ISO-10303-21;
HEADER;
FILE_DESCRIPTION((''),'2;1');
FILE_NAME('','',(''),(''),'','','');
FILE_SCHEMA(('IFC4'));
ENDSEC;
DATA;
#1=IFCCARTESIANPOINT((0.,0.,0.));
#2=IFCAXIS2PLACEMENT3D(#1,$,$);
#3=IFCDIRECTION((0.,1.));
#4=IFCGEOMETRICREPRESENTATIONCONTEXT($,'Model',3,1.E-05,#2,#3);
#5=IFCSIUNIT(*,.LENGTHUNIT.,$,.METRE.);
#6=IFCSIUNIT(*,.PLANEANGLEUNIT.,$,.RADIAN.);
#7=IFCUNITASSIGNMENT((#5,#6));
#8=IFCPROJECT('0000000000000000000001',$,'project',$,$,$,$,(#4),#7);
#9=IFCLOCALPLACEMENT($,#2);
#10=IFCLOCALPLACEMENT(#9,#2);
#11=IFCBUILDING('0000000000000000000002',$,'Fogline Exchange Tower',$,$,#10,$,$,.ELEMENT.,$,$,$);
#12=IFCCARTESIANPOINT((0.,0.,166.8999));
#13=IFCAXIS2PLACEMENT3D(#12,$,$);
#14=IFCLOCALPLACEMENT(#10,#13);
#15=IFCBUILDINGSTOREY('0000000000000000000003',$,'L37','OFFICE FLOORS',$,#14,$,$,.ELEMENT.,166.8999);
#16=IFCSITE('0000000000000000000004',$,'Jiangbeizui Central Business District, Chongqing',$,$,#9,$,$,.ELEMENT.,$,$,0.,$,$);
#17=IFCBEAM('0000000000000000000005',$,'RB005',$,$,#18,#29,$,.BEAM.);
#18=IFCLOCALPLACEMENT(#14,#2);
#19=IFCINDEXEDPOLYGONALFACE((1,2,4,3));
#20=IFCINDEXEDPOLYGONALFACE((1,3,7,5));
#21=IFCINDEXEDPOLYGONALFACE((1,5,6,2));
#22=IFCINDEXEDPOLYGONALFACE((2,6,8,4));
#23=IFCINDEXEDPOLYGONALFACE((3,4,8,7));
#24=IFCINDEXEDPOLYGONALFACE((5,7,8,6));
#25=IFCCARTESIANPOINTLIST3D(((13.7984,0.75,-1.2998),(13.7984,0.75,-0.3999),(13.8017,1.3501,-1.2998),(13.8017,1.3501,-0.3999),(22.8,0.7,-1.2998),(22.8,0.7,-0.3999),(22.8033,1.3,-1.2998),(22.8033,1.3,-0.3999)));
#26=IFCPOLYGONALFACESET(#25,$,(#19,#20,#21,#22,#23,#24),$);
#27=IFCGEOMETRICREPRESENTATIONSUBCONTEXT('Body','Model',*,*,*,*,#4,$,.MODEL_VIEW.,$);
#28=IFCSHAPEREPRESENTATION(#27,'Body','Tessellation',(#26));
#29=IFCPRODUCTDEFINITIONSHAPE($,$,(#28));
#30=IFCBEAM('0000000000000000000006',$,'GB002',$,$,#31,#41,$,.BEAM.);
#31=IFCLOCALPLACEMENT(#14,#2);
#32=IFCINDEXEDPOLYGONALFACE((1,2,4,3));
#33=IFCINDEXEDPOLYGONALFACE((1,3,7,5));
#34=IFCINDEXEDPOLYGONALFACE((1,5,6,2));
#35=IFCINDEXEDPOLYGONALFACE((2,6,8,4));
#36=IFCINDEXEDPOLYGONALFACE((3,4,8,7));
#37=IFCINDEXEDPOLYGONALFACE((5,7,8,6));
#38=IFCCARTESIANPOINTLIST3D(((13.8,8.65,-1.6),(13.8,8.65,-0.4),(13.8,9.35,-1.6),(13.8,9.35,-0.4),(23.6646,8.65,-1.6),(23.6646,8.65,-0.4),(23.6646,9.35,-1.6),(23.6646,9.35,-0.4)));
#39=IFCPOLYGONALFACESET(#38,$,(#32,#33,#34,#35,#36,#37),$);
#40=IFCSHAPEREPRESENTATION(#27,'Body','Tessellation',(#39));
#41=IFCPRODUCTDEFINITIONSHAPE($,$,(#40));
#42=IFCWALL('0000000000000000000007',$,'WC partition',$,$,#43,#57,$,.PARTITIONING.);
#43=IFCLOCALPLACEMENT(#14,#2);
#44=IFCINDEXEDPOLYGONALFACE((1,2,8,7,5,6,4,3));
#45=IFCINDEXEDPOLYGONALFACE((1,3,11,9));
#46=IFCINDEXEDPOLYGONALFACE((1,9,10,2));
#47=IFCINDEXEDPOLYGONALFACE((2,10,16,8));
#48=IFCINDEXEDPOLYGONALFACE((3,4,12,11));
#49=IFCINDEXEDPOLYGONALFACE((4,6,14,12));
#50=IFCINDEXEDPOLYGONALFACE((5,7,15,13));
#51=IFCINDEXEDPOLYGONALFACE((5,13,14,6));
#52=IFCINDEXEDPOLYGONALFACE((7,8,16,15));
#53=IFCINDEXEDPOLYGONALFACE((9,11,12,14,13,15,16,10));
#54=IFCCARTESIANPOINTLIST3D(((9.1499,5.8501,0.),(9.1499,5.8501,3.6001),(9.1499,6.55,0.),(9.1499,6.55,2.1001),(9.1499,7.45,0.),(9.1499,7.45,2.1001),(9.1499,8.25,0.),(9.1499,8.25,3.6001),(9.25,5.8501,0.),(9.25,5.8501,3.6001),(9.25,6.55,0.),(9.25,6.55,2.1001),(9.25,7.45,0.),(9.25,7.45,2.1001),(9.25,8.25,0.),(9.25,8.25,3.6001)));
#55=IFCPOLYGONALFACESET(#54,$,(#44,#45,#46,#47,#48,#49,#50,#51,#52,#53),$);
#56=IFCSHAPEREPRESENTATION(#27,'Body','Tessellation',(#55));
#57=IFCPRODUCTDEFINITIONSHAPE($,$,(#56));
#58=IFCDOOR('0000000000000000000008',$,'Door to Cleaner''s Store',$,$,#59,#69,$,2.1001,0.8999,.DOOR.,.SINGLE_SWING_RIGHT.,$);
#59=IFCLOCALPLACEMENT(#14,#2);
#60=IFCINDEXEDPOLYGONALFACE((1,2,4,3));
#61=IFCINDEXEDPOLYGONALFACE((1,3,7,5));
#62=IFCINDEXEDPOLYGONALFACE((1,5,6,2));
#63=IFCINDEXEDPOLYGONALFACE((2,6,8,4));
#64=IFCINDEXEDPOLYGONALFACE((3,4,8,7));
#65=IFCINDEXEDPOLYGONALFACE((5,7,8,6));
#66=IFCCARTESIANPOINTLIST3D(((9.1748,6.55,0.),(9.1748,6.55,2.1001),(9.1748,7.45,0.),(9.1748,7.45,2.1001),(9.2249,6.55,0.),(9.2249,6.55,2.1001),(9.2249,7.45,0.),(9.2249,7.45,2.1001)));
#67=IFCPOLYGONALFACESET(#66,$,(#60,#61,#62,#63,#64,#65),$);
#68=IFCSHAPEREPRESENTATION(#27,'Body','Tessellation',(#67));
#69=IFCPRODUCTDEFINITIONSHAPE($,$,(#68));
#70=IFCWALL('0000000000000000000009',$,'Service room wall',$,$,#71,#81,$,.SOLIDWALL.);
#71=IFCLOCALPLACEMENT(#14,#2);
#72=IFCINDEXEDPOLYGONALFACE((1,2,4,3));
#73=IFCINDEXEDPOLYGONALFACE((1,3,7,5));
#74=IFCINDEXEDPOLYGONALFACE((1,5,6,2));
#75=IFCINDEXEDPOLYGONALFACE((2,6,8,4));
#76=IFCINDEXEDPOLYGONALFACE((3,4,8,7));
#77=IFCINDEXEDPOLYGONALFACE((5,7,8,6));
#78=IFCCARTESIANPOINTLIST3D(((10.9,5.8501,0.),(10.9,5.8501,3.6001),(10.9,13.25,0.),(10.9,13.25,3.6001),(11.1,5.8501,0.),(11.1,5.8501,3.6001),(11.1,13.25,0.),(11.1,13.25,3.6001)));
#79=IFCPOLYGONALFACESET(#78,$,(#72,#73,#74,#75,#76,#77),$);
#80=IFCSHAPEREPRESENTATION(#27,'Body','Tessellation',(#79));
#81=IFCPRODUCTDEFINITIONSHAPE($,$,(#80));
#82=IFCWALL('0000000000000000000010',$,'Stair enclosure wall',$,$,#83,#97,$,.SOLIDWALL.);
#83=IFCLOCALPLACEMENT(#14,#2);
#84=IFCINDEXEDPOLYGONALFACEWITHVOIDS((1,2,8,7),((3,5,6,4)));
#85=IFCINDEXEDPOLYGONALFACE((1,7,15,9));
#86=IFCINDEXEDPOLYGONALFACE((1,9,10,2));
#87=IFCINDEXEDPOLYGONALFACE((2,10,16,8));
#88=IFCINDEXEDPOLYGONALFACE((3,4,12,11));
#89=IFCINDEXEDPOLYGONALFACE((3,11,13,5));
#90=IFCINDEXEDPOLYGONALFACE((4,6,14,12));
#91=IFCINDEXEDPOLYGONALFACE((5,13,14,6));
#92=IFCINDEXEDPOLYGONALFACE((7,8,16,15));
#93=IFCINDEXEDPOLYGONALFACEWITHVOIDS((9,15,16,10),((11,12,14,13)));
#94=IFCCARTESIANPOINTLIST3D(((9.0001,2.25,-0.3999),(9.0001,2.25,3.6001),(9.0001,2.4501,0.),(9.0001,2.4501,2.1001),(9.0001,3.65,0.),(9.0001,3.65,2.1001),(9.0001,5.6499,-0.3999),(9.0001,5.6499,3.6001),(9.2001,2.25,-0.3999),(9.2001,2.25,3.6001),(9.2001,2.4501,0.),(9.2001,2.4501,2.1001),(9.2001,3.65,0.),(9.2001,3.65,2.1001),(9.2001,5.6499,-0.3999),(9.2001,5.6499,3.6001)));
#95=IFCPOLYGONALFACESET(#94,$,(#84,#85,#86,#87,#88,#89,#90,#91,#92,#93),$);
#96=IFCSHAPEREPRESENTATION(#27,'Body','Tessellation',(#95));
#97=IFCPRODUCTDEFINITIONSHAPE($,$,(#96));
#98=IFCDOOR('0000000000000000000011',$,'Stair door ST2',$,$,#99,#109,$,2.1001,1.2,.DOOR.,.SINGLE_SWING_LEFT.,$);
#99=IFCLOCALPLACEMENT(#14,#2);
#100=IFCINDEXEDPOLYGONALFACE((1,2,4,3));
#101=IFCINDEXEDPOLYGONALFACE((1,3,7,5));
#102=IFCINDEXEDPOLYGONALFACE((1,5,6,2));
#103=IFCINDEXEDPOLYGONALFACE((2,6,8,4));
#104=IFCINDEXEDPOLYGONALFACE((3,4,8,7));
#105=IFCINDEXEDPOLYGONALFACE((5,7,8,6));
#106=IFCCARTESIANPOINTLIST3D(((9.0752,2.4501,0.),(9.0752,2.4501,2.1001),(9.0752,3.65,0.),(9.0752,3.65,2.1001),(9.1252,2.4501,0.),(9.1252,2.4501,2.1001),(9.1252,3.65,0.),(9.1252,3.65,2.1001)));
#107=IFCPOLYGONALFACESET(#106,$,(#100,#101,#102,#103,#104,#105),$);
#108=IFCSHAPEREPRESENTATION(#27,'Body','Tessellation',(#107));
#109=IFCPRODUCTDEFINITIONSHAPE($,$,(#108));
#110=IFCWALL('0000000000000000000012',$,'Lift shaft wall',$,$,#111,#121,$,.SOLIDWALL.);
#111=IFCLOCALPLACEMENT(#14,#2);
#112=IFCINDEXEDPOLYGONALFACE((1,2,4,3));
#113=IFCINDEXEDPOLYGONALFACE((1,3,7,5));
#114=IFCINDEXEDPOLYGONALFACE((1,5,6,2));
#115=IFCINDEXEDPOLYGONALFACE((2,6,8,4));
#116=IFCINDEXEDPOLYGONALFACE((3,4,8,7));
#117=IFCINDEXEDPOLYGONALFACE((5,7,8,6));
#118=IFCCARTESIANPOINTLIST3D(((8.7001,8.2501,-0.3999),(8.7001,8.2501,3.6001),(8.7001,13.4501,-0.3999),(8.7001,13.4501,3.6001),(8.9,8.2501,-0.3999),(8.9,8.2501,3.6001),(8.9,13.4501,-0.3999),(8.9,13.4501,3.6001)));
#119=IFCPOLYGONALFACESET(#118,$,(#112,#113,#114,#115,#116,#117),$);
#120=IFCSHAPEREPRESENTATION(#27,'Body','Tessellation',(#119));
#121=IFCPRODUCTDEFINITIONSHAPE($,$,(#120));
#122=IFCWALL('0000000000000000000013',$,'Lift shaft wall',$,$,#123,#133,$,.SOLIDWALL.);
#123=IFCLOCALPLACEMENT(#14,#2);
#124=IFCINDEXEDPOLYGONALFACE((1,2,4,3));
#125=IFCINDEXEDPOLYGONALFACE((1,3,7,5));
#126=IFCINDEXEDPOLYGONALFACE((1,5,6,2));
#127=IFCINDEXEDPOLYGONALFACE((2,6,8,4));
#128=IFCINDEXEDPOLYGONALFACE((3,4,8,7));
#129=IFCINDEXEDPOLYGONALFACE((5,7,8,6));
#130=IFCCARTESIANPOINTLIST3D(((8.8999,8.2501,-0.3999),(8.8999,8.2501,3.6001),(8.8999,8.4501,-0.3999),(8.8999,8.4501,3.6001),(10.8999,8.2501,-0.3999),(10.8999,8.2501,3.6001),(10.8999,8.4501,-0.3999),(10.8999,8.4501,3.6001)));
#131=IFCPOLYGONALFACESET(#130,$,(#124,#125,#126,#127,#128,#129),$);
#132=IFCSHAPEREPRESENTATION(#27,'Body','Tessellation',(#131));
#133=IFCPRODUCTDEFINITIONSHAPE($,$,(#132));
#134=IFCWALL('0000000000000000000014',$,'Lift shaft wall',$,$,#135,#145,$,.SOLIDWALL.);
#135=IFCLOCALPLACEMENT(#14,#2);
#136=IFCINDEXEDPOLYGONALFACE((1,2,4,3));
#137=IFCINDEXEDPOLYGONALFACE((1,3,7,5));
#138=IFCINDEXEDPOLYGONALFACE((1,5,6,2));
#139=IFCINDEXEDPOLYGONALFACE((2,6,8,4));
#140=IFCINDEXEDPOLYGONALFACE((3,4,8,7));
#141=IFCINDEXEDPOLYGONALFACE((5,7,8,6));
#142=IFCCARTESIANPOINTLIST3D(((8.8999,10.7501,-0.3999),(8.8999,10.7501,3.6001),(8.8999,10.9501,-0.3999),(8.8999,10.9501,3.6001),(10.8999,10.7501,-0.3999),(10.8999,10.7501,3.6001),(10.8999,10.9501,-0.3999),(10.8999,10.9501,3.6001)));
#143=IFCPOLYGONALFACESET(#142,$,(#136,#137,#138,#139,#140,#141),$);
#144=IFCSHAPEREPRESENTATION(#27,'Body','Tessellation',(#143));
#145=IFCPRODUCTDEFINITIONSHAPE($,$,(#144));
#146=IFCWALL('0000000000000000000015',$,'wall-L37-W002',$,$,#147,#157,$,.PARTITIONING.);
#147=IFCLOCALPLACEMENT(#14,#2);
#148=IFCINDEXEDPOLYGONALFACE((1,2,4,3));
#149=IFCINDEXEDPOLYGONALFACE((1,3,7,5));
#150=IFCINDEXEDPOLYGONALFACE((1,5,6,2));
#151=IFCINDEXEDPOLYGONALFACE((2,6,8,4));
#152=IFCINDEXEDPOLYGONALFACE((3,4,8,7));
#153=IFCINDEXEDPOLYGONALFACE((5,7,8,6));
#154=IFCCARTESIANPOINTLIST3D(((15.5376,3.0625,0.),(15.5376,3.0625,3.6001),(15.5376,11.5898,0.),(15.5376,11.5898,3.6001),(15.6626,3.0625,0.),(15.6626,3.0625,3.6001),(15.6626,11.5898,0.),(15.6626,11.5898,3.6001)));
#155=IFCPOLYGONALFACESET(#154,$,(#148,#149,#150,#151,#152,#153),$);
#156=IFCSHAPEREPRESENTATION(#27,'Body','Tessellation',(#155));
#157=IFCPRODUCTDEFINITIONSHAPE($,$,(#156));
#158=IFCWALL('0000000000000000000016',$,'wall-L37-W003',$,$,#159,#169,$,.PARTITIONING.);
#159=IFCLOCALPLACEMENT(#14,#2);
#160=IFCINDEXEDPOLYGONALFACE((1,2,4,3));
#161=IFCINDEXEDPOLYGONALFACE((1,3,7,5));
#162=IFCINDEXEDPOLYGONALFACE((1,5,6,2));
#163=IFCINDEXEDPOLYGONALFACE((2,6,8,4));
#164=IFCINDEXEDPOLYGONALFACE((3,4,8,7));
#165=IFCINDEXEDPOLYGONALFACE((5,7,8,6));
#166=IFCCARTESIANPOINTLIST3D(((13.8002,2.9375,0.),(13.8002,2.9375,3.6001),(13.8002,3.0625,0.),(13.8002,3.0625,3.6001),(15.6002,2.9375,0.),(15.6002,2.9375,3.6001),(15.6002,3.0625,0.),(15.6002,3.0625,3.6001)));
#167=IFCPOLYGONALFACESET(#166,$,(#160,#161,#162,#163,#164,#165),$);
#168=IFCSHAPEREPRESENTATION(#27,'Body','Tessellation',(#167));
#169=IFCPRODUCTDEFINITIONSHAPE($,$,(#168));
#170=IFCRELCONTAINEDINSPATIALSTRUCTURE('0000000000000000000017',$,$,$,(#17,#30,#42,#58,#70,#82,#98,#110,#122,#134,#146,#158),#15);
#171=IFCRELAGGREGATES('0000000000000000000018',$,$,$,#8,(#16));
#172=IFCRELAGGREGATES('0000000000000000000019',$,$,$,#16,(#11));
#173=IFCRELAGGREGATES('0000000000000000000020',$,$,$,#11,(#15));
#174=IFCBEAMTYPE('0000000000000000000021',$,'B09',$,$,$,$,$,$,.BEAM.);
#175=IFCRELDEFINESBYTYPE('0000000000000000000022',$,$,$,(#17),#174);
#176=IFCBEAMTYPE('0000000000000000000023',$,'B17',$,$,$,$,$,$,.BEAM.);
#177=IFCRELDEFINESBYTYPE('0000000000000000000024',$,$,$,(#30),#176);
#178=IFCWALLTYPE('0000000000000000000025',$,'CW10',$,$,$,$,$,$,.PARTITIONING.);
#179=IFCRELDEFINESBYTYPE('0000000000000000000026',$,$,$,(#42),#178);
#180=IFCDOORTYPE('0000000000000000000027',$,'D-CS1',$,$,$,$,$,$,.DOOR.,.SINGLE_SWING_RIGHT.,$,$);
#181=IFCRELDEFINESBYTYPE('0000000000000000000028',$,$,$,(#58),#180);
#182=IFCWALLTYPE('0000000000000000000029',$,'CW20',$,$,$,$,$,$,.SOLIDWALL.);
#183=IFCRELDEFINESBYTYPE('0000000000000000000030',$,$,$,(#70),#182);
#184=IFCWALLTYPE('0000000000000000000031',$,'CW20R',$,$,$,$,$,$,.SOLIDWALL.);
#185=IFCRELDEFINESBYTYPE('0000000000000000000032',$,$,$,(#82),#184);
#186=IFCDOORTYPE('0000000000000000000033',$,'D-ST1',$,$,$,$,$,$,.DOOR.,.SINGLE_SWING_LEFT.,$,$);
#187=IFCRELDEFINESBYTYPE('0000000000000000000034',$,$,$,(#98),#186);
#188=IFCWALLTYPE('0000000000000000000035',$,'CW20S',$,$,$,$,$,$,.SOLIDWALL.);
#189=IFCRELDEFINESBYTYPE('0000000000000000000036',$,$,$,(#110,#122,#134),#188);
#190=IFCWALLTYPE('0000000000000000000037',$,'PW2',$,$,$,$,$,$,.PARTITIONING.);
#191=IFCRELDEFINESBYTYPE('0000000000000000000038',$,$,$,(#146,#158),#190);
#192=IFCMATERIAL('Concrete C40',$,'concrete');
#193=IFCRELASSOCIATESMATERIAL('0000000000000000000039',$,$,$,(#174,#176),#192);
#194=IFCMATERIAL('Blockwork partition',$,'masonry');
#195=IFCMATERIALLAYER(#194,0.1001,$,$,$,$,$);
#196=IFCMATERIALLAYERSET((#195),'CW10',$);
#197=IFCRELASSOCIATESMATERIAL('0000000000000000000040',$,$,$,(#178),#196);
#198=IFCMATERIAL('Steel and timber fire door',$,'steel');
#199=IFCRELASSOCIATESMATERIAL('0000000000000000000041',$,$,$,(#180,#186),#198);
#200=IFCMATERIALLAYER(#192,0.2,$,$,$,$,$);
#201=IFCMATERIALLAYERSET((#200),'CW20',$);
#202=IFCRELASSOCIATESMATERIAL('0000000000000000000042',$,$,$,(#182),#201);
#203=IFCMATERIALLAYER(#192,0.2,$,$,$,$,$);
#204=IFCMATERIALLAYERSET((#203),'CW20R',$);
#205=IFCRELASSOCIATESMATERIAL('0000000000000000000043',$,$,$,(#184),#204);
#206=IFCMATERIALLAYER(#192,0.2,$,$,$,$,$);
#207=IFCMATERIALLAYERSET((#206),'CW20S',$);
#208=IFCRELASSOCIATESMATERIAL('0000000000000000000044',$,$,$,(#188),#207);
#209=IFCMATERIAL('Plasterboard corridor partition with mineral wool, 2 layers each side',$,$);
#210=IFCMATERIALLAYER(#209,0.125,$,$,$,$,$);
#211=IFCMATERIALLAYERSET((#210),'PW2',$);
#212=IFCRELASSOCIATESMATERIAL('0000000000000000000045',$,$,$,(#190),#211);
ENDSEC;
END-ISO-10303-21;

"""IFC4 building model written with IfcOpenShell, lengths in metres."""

from ifc_helpers import new_model, si_unit, direction, frame, frame_2d, origin, origin_2d, place, context, subcontext, project, spatial, rectangle, extrude, material, layer, layer_set, material_profile, profile_set, type_object, element, fill, save


model = new_model("IFC4")

# Units and contexts
model_context = context("Model", 3, precision=1e-05, world=origin(), true_north=direction((0.0, 1.0)))
body_context = subcontext(model_context, "Body", "Model", "MODEL_VIEW")
ifc_project = project(units=[si_unit("LENGTHUNIT", "METRE"), si_unit("PLANEANGLEUNIT", "RADIAN")], contexts=[model_context])

# Site, building, storey
site_placement = place(None, origin())
site = spatial("IfcSite", under=ifc_project, at=site_placement, Name="Jiangbeizui Central Business District, Chongqing", CompositionType="ELEMENT", RefElevation=0.0)
building_placement = place(site_placement, origin())
building = spatial("IfcBuilding", under=site, at=building_placement, Name="Fogline Exchange Tower", CompositionType="ELEMENT")
storey_placement = place(building_placement, frame((0.0, 0.0, 166.8999)))
storey = spatial("IfcBuildingStorey", under=building, at=storey_placement, Name="L37", Description="OFFICE FLOORS", CompositionType="ELEMENT", Elevation=166.8999)

# Beams
ifc_material_1 = material(Name="Concrete C40", Category="concrete")
ifc_material_profile_1 = material_profile(ifc_material_1, rectangle(XDim=0.6001, YDim=0.8999, at=origin_2d()), Name="RC 600x900")
ifc_profile_set_1 = profile_set([ifc_material_profile_1], Name="Concrete C40")
beam_type_1 = type_object("IfcBeamType", Name="B09", PredefinedType="BEAM", material=ifc_profile_set_1)
beam_1_placement = place(storey_placement, frame((13.8, 1.05, -0.8499), z_axis=(0.999985, -0.00556, 0.0), x_axis=(0.00556, 0.999985, 0.0)))
element("IfcBeam", 1, at=beam_1_placement, inside=storey, type_object=beam_type_1, Name="RB005", PredefinedType="BEAM", context=body_context, shape_type="SweptSolid", body=[
    extrude(rectangle(XDim=0.6001, YDim=0.8999, at=origin_2d()), origin(), (0.0, 0.0, 1.0), 9.0017),
])
ifc_material_profile_2 = material_profile(ifc_material_1, rectangle(XDim=0.7, YDim=1.2, at=origin_2d()), Name="RC 700x1200")
ifc_profile_set_2 = profile_set([ifc_material_profile_2], Name="Concrete C40")
beam_type_2 = type_object("IfcBeamType", Name="B17", PredefinedType="BEAM", material=ifc_profile_set_2)
beam_2_placement = place(storey_placement, frame((13.8, 9.0, -1.0), z_axis=(1.0, 0.0, 0.0), x_axis=(0.0, 1.0, 0.0)))
element("IfcBeam", 2, at=beam_2_placement, inside=storey, type_object=beam_type_2, Name="GB002", PredefinedType="BEAM", context=body_context, shape_type="SweptSolid", body=[
    extrude(rectangle(XDim=0.7, YDim=1.2, at=origin_2d()), origin(), (0.0, 0.0, 1.0), 9.8645),
])

# Wall, opening, door
ifc_material_2 = material(Name="Blockwork partition", Category="masonry")
ifc_layer_1 = layer(ifc_material_2, 0.1001)
ifc_layer_set_1 = layer_set([ifc_layer_1], Name="CW10")
wall_type_1 = type_object("IfcWallType", Name="CW10", PredefinedType="PARTITIONING", material=ifc_layer_set_1)
wall_1_placement = place(storey_placement, frame((9.2, 5.8501, 0.0), z_axis=(0.0, 0.0, 1.0), x_axis=(0.0, 1.0, 0.0)))
wall_1 = element("IfcWall", 3, at=wall_1_placement, inside=storey, type_object=wall_type_1, Name="WC partition", PredefinedType="PARTITIONING", context=body_context, shape_type="SweptSolid", body=[
    extrude(rectangle(XDim=2.3999, YDim=0.1001, at=frame_2d((1.2, 0.0))), origin(), (0.0, 0.0, 1.0), 3.6001),
])
opening_1_placement = place(wall_1_placement, frame((0.7, 0.0, 0.0)))
opening_1 = element("IfcOpeningElement", 4, at=opening_1_placement, cuts=wall_1, PredefinedType="OPENING", context=body_context, shape_type="SweptSolid", body=[
    extrude(rectangle(XDim=0.8999, YDim=2.1001, at=frame_2d((0.45, 1.05))), frame((0.0, 0.0601, 0.0), z_axis=(0.0, -1.0, 0.0), x_axis=(1.0, 0.0, 0.0)), (0.0, 0.0, 1.0), 0.1201),
])
ifc_material_3 = material(Name="Steel and timber fire door", Category="steel")
door_type_1 = type_object("IfcDoorType", Name="D-CS1", OperationType="SINGLE_SWING_RIGHT", PredefinedType="DOOR", material=ifc_material_3)
door_1_placement = place(opening_1_placement, frame((0.8999, 0.0, 0.0), z_axis=(0.0, 0.0, 1.0), x_axis=(-1.0, 0.0, 0.0)))
door_1 = element("IfcDoor", 5, at=door_1_placement, inside=storey, type_object=door_type_1, Name="Door to Cleaner's Store", OperationType="SINGLE_SWING_RIGHT", OverallHeight=2.1001, OverallWidth=0.8999, PredefinedType="DOOR", context=body_context, shape_type="SweptSolid", body=[
    extrude(rectangle(XDim=0.8999, YDim=2.1001, at=frame_2d((0.45, 1.05))), frame((0.0, 0.0249, 0.0), z_axis=(0.0, -1.0, 0.0), x_axis=(1.0, 0.0, 0.0)), (0.0, 0.0, 1.0), 0.05),
])
fill(opening_1, door_1)

# Wall
ifc_layer_2 = layer(ifc_material_1, 0.2)
ifc_layer_set_2 = layer_set([ifc_layer_2], Name="CW20")
wall_type_2 = type_object("IfcWallType", Name="CW20", PredefinedType="SOLIDWALL", material=ifc_layer_set_2)
wall_2_placement = place(storey_placement, frame((11.0, 5.8501, 0.0), z_axis=(0.0, 0.0, 1.0), x_axis=(0.0, 1.0, 0.0)))
element("IfcWall", 6, at=wall_2_placement, inside=storey, type_object=wall_type_2, Name="Service room wall", PredefinedType="SOLIDWALL", context=body_context, shape_type="SweptSolid", body=[
    extrude(rectangle(XDim=7.3999, YDim=0.2, at=frame_2d((3.7, 0.0))), origin(), (0.0, 0.0, 1.0), 3.6001),
])

# Wall, opening, door
ifc_layer_3 = layer(ifc_material_1, 0.2)
ifc_layer_set_3 = layer_set([ifc_layer_3], Name="CW20R")
wall_type_3 = type_object("IfcWallType", Name="CW20R", PredefinedType="SOLIDWALL", material=ifc_layer_set_3)
wall_3_placement = place(storey_placement, frame((9.1001, 2.25, -0.3999), z_axis=(0.0, 0.0, 1.0), x_axis=(0.0, 1.0, 0.0)))
wall_3 = element("IfcWall", 7, at=wall_3_placement, inside=storey, type_object=wall_type_3, Name="Stair enclosure wall", PredefinedType="SOLIDWALL", context=body_context, shape_type="SweptSolid", body=[
    extrude(rectangle(XDim=3.3999, YDim=0.2, at=frame_2d((1.7, 0.0))), origin(), (0.0, 0.0, 1.0), 4.0),
])
opening_2_placement = place(wall_3_placement, frame((0.2, 0.0, 0.3999)))
opening_2 = element("IfcOpeningElement", 8, at=opening_2_placement, cuts=wall_3, PredefinedType="OPENING", context=body_context, shape_type="SweptSolid", body=[
    extrude(rectangle(XDim=1.2, YDim=2.1001, at=frame_2d((0.6001, 1.05))), frame((0.0, 0.1099, 0.0), z_axis=(0.0, -1.0, 0.0), x_axis=(1.0, 0.0, 0.0)), (0.0, 0.0, 1.0), 0.22),
])
door_type_2 = type_object("IfcDoorType", Name="D-ST1", OperationType="SINGLE_SWING_LEFT", PredefinedType="DOOR", material=ifc_material_3)
door_2_placement = place(opening_2_placement, origin())
door_2 = element("IfcDoor", 9, at=door_2_placement, inside=storey, type_object=door_type_2, Name="Stair door ST2", OperationType="SINGLE_SWING_LEFT", OverallHeight=2.1001, OverallWidth=1.2, PredefinedType="DOOR", context=body_context, shape_type="SweptSolid", body=[
    extrude(rectangle(XDim=1.2, YDim=2.1001, at=frame_2d((0.6001, 1.05))), frame((0.0, 0.0249, 0.0), z_axis=(0.0, -1.0, 0.0), x_axis=(1.0, 0.0, 0.0)), (0.0, 0.0, 1.0), 0.05),
])
fill(opening_2, door_2)

# Walls
ifc_layer_4 = layer(ifc_material_1, 0.2)
ifc_layer_set_4 = layer_set([ifc_layer_4], Name="CW20S")
wall_type_4 = type_object("IfcWallType", Name="CW20S", PredefinedType="SOLIDWALL", material=ifc_layer_set_4)
wall_4_placement = place(storey_placement, frame((8.8, 8.25, -0.3999), z_axis=(0.0, 0.0, 1.0), x_axis=(0.0, 1.0, 0.0)))
element("IfcWall", 10, at=wall_4_placement, inside=storey, type_object=wall_type_4, Name="Lift shaft wall", PredefinedType="SOLIDWALL", context=body_context, shape_type="SweptSolid", body=[
    extrude(rectangle(XDim=5.2, YDim=0.2, at=frame_2d((2.6001, 0.0))), origin(), (0.0, 0.0, 1.0), 4.0),
])
for number, where, z_axis, x_axis, name in (
    (11, (8.8999, 8.3501, -0.3999), (0.0, 0.0, 1.0), (1.0, 0.0, 0.0), "Lift shaft wall"),
    (12, (8.8999, 10.8501, -0.3999), (0.0, 0.0, 1.0), (1.0, 0.0, 0.0), "Lift shaft wall"),
):
    element("IfcWall", number, at=place(storey_placement, frame(where, z_axis=z_axis, x_axis=x_axis)), inside=storey, type_object=wall_type_4, Name=name, PredefinedType="SOLIDWALL", context=body_context, shape_type="SweptSolid", body=[
        extrude(rectangle(XDim=2.0, YDim=0.2, at=frame_2d((1.0, 0.0))), origin(), (0.0, 0.0, 1.0), 4.0),
    ])
ifc_material_4 = material(Name="Plasterboard corridor partition with mineral wool, 2 layers each side")
ifc_layer_5 = layer(ifc_material_4, 0.125)
ifc_layer_set_5 = layer_set([ifc_layer_5], Name="PW2")
wall_type_5 = type_object("IfcWallType", Name="PW2", PredefinedType="PARTITIONING", material=ifc_layer_set_5)
wall_5_placement = place(storey_placement, frame((15.6001, 11.5898, 0.0), z_axis=(0.0, 0.0, 1.0), x_axis=(0.0, -1.0, 0.0)))
element("IfcWall", 13, at=wall_5_placement, inside=storey, type_object=wall_type_5, Name="wall-L37-W002", PredefinedType="PARTITIONING", context=body_context, shape_type="SweptSolid", body=[
    extrude(rectangle(XDim=8.5273, YDim=0.125, at=frame_2d((4.2637, 0.0))), origin(), (0.0, 0.0, 1.0), 3.6001),
])
wall_6_placement = place(storey_placement, frame((15.6001, 3.0, 0.0), z_axis=(0.0, 0.0, 1.0), x_axis=(-1.0, 0.0, 0.0)))
element("IfcWall", 14, at=wall_6_placement, inside=storey, type_object=wall_type_5, Name="wall-L37-W003", PredefinedType="PARTITIONING", context=body_context, shape_type="SweptSolid", body=[
    extrude(rectangle(XDim=1.8, YDim=0.125, at=frame_2d((0.8999, 0.0))), origin(), (0.0, 0.0, 1.0), 3.6001),
])

save(model, "model.ifc")
